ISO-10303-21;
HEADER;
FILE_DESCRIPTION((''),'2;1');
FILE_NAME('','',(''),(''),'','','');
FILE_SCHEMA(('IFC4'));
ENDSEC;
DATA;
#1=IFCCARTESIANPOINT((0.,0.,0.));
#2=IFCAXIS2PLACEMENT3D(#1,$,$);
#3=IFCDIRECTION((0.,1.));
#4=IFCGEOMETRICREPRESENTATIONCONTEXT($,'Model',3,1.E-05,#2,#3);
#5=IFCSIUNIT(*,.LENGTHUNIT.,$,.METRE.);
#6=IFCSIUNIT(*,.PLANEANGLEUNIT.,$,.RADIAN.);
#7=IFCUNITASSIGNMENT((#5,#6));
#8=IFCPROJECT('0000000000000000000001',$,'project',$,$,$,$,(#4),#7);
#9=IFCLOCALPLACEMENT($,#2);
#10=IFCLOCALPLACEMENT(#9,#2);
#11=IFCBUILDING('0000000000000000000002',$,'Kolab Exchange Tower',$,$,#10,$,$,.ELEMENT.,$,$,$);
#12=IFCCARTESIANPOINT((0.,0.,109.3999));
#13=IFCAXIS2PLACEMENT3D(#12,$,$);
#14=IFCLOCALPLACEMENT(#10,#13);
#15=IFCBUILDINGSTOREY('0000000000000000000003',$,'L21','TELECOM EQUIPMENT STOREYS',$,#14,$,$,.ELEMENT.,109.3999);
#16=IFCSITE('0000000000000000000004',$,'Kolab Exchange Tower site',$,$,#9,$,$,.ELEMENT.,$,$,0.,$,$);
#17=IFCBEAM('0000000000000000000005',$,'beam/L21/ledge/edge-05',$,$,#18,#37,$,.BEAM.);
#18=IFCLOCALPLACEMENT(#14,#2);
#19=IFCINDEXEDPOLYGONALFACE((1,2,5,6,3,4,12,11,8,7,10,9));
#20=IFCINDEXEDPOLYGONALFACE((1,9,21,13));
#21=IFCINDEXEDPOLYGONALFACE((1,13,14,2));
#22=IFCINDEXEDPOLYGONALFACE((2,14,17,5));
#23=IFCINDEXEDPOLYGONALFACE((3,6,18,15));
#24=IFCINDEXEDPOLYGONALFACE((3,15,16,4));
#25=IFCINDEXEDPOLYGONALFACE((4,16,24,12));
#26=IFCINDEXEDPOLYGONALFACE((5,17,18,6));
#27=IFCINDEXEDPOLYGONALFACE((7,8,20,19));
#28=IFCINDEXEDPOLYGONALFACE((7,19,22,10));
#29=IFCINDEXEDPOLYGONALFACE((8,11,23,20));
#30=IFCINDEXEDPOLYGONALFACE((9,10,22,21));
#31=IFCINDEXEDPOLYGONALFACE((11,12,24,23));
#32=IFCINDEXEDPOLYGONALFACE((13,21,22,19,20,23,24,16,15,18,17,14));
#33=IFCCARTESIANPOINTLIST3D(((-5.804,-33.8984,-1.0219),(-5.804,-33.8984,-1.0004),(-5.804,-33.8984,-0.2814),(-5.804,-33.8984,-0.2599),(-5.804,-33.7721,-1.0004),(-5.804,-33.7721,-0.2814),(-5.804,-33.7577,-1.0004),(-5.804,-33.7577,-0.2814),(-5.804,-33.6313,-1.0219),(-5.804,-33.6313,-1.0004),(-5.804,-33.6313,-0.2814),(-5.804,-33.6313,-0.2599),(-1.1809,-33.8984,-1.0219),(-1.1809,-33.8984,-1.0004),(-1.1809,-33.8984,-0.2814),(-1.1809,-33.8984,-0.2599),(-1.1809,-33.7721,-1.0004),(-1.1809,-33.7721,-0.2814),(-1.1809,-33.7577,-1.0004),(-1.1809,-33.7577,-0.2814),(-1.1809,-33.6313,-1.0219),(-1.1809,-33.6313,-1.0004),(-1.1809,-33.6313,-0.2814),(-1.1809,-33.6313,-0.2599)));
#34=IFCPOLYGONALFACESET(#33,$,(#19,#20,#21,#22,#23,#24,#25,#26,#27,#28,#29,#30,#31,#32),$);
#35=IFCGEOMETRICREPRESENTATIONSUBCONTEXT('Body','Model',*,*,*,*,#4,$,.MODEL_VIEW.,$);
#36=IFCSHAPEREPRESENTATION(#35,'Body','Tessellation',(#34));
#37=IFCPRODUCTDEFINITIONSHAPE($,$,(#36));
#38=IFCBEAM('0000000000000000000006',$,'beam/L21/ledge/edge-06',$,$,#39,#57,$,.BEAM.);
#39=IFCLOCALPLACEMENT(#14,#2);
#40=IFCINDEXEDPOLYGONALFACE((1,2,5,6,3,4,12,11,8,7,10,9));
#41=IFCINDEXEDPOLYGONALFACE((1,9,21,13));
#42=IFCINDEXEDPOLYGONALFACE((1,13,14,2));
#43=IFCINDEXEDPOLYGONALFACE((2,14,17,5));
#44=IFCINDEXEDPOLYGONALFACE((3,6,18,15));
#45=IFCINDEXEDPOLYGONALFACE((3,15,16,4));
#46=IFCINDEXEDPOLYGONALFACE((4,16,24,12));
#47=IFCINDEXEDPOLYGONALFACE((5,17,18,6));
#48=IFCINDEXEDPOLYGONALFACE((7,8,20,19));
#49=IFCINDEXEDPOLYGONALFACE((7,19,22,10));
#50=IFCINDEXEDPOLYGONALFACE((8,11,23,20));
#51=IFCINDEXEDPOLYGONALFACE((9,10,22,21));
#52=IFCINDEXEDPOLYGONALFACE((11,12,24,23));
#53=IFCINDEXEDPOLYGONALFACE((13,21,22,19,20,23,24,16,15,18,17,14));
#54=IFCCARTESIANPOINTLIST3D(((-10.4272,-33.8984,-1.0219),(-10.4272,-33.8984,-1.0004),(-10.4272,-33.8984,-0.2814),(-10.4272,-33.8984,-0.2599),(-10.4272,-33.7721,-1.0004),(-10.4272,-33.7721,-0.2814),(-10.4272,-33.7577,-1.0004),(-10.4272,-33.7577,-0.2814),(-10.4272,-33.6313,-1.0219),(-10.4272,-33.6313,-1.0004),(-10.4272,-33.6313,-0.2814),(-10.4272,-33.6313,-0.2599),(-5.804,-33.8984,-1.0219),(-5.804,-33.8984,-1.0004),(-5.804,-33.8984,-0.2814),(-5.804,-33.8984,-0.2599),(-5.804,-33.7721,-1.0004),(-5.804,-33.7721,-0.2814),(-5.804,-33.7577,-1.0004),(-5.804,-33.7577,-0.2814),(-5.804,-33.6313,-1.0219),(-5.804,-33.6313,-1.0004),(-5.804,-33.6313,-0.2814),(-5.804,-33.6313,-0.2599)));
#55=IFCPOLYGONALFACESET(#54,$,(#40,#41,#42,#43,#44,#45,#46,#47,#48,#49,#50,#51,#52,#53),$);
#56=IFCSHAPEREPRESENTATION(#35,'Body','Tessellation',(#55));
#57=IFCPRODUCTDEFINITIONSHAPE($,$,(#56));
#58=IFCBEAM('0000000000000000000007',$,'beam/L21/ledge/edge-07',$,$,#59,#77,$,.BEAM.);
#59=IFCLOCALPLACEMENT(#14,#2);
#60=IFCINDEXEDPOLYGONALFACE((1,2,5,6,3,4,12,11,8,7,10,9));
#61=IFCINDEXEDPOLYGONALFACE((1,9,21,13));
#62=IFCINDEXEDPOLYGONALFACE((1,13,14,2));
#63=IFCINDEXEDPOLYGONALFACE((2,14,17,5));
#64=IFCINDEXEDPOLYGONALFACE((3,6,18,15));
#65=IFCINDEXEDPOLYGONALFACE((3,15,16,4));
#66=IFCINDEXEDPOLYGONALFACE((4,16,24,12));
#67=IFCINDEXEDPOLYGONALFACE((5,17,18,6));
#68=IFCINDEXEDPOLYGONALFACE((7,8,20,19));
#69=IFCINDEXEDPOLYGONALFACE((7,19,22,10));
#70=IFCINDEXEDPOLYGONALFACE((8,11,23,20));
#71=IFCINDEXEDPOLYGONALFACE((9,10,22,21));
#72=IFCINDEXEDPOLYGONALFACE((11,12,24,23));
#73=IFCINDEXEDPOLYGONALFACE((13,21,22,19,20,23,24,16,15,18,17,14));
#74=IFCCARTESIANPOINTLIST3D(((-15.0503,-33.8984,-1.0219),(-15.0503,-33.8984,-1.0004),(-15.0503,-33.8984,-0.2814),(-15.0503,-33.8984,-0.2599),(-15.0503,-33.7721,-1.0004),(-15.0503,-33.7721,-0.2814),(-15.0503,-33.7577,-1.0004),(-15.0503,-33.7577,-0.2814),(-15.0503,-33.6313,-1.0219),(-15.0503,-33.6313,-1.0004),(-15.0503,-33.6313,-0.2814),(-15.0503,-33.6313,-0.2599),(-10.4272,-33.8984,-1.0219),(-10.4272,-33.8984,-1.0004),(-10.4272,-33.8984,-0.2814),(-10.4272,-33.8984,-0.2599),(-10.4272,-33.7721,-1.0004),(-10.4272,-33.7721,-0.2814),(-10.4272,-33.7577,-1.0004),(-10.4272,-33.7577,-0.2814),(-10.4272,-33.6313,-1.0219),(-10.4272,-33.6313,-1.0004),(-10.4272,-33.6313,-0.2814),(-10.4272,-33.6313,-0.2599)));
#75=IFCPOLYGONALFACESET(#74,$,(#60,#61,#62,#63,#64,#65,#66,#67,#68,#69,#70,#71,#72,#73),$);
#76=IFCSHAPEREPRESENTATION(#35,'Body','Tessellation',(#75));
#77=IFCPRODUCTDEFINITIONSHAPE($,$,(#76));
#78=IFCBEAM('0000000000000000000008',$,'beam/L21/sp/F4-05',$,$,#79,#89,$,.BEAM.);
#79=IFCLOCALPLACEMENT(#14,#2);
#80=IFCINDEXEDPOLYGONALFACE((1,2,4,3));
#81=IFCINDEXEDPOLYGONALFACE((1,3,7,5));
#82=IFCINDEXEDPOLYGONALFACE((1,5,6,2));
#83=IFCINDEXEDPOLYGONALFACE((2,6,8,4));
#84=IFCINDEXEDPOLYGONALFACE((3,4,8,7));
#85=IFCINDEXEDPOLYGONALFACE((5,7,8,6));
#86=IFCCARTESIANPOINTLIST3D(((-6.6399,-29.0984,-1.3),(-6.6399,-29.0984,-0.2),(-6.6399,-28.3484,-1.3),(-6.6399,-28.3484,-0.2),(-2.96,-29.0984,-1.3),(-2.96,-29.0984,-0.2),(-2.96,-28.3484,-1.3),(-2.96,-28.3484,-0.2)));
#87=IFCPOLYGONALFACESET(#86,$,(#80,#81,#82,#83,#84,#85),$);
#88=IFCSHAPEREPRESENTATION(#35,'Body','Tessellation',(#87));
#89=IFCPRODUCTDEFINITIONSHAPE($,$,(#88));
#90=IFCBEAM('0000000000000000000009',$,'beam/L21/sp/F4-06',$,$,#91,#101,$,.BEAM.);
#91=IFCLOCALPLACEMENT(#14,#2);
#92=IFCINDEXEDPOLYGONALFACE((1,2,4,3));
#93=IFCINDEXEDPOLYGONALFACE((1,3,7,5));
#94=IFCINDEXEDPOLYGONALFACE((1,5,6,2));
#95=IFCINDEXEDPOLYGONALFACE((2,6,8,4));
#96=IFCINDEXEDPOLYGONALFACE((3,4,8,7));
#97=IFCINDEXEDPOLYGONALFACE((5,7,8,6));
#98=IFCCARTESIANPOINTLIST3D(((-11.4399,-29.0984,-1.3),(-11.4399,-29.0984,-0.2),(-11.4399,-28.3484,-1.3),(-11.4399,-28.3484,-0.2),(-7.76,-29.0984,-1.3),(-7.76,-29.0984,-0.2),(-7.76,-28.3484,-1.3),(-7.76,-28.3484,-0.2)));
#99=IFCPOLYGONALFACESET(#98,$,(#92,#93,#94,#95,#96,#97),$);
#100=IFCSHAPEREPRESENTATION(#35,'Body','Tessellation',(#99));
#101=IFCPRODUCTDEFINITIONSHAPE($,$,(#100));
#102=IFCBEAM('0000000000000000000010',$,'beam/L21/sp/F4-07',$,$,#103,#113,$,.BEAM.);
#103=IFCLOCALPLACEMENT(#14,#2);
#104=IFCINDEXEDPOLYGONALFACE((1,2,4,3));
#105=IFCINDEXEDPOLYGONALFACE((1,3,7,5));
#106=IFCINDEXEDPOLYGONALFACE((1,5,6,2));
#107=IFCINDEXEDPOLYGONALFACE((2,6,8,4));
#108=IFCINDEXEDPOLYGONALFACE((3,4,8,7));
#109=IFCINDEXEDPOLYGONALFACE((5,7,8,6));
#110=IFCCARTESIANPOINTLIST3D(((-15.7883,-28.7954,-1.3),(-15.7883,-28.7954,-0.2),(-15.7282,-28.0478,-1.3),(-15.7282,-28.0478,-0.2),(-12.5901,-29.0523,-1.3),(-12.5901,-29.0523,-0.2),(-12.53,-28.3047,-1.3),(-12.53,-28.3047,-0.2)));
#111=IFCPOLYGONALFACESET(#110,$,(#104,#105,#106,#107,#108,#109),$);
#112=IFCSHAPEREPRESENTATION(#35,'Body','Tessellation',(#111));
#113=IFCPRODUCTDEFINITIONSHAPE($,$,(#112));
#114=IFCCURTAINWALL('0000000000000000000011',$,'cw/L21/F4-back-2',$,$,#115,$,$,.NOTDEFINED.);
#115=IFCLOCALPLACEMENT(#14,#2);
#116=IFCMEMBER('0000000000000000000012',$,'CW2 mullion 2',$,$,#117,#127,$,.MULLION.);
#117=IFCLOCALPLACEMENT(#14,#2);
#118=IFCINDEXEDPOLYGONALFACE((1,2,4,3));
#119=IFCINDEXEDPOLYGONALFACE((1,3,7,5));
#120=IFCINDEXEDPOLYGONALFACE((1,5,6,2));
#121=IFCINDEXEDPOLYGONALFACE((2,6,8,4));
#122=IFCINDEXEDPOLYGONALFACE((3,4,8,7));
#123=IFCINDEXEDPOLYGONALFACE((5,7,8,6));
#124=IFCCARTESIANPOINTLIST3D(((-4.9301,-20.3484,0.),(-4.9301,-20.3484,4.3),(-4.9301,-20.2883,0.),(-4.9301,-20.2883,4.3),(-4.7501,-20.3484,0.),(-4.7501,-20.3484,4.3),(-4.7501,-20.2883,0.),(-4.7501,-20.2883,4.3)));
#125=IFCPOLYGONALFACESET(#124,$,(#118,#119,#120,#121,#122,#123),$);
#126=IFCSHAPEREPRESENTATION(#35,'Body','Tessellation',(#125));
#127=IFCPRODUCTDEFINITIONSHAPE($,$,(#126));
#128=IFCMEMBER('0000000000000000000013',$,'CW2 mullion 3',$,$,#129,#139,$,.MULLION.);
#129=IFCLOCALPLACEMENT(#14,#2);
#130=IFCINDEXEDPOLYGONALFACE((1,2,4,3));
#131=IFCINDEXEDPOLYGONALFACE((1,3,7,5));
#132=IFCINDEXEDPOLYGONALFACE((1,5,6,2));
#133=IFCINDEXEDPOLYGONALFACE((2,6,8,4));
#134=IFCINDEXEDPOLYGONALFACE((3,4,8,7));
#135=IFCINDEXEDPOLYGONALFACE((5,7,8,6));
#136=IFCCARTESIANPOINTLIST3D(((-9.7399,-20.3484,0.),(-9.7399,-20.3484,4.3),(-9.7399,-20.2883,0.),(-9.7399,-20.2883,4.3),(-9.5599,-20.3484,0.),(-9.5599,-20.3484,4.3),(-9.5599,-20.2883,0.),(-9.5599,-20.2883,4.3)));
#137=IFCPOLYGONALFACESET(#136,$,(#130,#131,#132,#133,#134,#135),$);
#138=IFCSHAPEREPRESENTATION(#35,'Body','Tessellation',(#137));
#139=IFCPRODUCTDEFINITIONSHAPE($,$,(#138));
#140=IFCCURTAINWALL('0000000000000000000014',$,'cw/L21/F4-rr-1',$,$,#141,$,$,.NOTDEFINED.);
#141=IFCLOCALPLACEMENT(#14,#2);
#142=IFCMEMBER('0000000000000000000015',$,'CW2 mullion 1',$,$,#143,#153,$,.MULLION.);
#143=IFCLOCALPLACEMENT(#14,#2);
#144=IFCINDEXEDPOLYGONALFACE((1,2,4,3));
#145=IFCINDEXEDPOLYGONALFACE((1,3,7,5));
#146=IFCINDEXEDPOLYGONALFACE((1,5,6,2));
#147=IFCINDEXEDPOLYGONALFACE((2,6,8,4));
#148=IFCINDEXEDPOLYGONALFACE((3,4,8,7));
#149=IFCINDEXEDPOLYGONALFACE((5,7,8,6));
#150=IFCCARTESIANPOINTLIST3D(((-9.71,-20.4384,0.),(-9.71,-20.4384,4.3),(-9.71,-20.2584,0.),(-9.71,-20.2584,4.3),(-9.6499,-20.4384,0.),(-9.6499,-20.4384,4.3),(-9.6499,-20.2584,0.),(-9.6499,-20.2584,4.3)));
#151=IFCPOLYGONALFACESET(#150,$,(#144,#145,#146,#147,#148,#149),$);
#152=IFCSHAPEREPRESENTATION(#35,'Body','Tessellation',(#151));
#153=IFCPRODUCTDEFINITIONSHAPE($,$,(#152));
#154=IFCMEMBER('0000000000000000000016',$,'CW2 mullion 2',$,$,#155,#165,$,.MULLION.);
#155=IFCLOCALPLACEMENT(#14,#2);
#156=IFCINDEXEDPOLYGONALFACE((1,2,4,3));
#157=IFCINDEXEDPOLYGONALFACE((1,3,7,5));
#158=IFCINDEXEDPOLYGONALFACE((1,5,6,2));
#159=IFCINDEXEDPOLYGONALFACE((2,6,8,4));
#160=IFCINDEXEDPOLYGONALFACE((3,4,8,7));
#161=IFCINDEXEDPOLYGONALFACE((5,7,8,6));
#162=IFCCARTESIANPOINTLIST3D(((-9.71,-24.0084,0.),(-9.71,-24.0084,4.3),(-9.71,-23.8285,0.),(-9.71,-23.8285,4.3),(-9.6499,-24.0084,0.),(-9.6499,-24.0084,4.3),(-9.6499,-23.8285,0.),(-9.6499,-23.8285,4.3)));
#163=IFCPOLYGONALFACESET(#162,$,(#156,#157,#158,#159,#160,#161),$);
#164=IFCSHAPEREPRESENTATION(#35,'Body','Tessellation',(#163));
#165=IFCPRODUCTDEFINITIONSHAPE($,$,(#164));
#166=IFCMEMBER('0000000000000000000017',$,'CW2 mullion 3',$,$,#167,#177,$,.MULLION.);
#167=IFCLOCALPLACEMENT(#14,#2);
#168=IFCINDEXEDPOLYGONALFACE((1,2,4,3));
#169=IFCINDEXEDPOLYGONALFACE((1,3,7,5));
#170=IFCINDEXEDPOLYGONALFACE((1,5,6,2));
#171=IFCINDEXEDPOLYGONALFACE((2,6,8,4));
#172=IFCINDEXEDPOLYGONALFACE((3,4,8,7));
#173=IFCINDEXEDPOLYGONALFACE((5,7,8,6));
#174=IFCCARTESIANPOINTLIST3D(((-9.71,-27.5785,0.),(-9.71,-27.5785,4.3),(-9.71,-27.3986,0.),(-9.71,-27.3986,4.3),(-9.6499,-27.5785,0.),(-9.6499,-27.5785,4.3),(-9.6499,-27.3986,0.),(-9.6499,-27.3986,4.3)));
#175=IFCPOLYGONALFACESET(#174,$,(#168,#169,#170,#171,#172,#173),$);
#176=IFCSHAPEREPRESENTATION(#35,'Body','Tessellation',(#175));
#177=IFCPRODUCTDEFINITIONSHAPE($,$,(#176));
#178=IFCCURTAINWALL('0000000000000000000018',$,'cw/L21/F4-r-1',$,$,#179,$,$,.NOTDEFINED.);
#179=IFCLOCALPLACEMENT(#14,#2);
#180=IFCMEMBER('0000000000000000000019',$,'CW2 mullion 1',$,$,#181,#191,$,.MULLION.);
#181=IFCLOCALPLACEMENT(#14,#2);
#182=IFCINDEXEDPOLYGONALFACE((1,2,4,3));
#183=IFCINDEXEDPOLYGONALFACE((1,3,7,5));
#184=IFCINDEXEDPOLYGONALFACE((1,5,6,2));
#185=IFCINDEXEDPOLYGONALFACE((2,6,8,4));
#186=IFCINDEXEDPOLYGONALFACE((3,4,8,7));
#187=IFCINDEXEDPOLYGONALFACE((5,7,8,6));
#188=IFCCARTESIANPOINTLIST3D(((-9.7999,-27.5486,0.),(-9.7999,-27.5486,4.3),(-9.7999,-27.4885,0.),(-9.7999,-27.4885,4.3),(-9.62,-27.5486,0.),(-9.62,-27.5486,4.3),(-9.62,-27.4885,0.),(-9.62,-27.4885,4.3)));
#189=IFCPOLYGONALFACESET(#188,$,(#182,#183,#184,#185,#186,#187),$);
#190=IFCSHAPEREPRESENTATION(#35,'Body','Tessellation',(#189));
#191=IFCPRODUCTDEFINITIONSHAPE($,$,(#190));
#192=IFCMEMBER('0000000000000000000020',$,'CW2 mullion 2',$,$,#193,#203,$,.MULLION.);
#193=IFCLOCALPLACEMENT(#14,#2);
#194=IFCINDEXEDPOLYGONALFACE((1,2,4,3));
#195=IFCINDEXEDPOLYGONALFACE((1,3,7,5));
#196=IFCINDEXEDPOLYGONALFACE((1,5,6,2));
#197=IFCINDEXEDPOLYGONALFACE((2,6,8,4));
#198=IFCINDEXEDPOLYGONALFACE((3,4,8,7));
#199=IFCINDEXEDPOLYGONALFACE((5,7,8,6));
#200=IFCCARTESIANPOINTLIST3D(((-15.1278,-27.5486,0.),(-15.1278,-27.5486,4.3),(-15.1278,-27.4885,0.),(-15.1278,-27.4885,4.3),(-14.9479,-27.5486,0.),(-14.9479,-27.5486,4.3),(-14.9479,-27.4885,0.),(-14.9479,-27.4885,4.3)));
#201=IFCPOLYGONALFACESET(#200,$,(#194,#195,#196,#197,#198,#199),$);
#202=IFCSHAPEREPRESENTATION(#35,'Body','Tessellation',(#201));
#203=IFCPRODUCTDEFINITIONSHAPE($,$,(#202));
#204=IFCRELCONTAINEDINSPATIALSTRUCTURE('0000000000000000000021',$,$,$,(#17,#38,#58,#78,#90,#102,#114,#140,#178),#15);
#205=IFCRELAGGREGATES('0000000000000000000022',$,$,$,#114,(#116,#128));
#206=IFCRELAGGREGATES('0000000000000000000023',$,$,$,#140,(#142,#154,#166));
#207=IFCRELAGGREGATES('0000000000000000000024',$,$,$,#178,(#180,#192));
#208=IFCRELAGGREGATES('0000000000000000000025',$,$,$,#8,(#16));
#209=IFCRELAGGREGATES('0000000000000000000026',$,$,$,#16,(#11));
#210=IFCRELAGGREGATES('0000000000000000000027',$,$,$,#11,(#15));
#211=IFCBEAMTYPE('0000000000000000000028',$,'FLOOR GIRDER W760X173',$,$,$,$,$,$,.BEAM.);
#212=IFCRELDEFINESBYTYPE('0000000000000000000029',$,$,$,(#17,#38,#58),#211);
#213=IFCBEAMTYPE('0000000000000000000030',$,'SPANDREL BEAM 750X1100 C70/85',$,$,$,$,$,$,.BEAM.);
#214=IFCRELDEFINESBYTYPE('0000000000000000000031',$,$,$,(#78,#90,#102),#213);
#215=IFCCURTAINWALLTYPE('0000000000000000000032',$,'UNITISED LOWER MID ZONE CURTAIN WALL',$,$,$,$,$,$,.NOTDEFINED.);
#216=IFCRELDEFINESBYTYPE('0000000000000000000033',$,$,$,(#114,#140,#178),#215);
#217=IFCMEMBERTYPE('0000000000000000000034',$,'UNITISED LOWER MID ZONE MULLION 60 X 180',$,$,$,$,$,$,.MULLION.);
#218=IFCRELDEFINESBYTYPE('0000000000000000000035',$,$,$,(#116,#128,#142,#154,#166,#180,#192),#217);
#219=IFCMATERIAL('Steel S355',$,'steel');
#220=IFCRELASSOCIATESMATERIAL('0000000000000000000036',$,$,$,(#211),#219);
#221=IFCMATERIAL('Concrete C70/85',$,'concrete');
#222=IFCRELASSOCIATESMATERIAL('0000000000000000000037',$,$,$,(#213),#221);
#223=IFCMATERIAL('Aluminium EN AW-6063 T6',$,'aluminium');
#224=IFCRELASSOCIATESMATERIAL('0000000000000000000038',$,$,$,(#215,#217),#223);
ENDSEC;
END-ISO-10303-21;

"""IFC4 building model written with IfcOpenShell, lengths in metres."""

from ifc_helpers import new_model, si_unit, direction, frame, origin, origin_2d, place, context, subcontext, project, spatial, rectangle, i_section, extrude, material, material_profile, profile_set, type_object, element, aggregate, save


model = new_model("IFC4")

# Units and contexts
model_context = context("Model", 3, precision=1e-05, world=origin(), true_north=direction((0.0, 1.0)))
body_context = subcontext(model_context, "Body", "Model", "MODEL_VIEW")
ifc_project = project(units=[si_unit("LENGTHUNIT", "METRE"), si_unit("PLANEANGLEUNIT", "RADIAN")], contexts=[model_context])

# Site, building, storey
site_placement = place(None, origin())
site = spatial("IfcSite", under=ifc_project, at=site_placement, Name="Kolab Exchange Tower site", CompositionType="ELEMENT", RefElevation=0.0)
building_placement = place(site_placement, origin())
building = spatial("IfcBuilding", under=site, at=building_placement, Name="Kolab Exchange Tower", CompositionType="ELEMENT")
storey_placement = place(building_placement, frame((0.0, 0.0, 109.3999)))
storey = spatial("IfcBuildingStorey", under=building, at=storey_placement, Name="L21", Description="TELECOM EQUIPMENT STOREYS", CompositionType="ELEMENT", Elevation=109.3999)

# Shared definitions
ifc_material_1 = material(Name="Concrete C70/85", Category="concrete")

# Beams
ifc_material_2 = material(Name="Steel S355", Category="steel")
ifc_material_profile_1 = material_profile(ifc_material_2, i_section(OverallWidth=0.2671, OverallDepth=0.762, WebThickness=0.0144, FlangeThickness=0.0215, at=origin_2d()), Name="W760X173")
ifc_profile_set_1 = profile_set([ifc_material_profile_1], Name="Steel S355")
beam_type_1 = type_object("IfcBeamType", Name="FLOOR GIRDER W760X173", PredefinedType="BEAM", material=ifc_profile_set_1)
beam_1_placement = place(storey_placement, frame((-1.1809, -33.7649, -0.6409), z_axis=(-1.0, 0.0, 0.0), x_axis=(0.0, -1.0, 0.0)))
element("IfcBeam", 1, at=beam_1_placement, inside=storey, type_object=beam_type_1, Name="beam/L21/ledge/edge-05", PredefinedType="BEAM", context=body_context, shape_type="SweptSolid", body=[
    extrude(i_section(OverallWidth=0.2671, OverallDepth=0.762, WebThickness=0.0144, FlangeThickness=0.0215, at=origin_2d()), origin(), (0.0, 0.0, 1.0), 4.623),
])
beam_2_placement = place(storey_placement, frame((-5.804, -33.7649, -0.6409), z_axis=(-1.0, 0.0, 0.0), x_axis=(0.0, -1.0, 0.0)))
element("IfcBeam", 2, at=beam_2_placement, inside=storey, type_object=beam_type_1, Name="beam/L21/ledge/edge-06", PredefinedType="BEAM", context=body_context, shape_type="SweptSolid", body=[
    extrude(i_section(OverallWidth=0.2671, OverallDepth=0.762, WebThickness=0.0144, FlangeThickness=0.0215, at=origin_2d()), origin(), (0.0, 0.0, 1.0), 4.6233),
])
beam_3_placement = place(storey_placement, frame((-10.4272, -33.7649, -0.6409), z_axis=(-1.0, 0.0, 0.0), x_axis=(0.0, -1.0, 0.0)))
element("IfcBeam", 3, at=beam_3_placement, inside=storey, type_object=beam_type_1, Name="beam/L21/ledge/edge-07", PredefinedType="BEAM", context=body_context, shape_type="SweptSolid", body=[
    extrude(i_section(OverallWidth=0.2671, OverallDepth=0.762, WebThickness=0.0144, FlangeThickness=0.0215, at=origin_2d()), origin(), (0.0, 0.0, 1.0), 4.623),
])
ifc_material_profile_2 = material_profile(ifc_material_1, rectangle(XDim=0.75, YDim=1.1001, at=origin_2d()), Name="RC750X1100")
ifc_profile_set_2 = profile_set([ifc_material_profile_2], Name="Concrete C70/85")
beam_type_2 = type_object("IfcBeamType", Name="SPANDREL BEAM 750X1100 C70/85", PredefinedType="BEAM", material=ifc_profile_set_2)
for number, where, z_axis, x_axis, name in (
    (4, (-2.96, -28.7234, -0.75), (-1.0, 0.0, 0.0), (0.0, -1.0, 0.0), "beam/L21/sp/F4-05"),
    (5, (-7.76, -28.7234, -0.75), (-1.0, 0.0, 0.0), (0.0, -1.0, 0.0), "beam/L21/sp/F4-06"),
):
    element("IfcBeam", number, at=place(storey_placement, frame(where, z_axis=z_axis, x_axis=x_axis)), inside=storey, type_object=beam_type_2, Name=name, PredefinedType="BEAM", context=body_context, shape_type="SweptSolid", body=[
        extrude(rectangle(XDim=0.75, YDim=1.1001, at=origin_2d()), origin(), (0.0, 0.0, 1.0), 3.6799),
    ])
beam_4_placement = place(storey_placement, frame((-12.5601, -28.6785, -0.75), z_axis=(-0.996791, 0.080048, 0.0), x_axis=(-0.080048, -0.996791, 0.0)))
element("IfcBeam", 6, at=beam_4_placement, inside=storey, type_object=beam_type_2, Name="beam/L21/sp/F4-07", PredefinedType="BEAM", context=body_context, shape_type="SweptSolid", body=[
    extrude(rectangle(XDim=0.75, YDim=1.1001, at=origin_2d()), origin(), (0.0, 0.0, 1.0), 3.2085),
])

# Curtain walls, members
ifc_material_3 = material(Name="Aluminium EN AW-6063 T6", Category="aluminium")
curtain_wall_type = type_object("IfcCurtainWallType", Name="UNITISED LOWER MID ZONE CURTAIN WALL", PredefinedType="NOTDEFINED", material=ifc_material_3)
curtain_wall_1_placement = place(storey_placement, origin())
curtain_wall_1 = element("IfcCurtainWall", 7, at=curtain_wall_1_placement, inside=storey, type_object=curtain_wall_type, Name="cw/L21/F4-back-2", PredefinedType="NOTDEFINED")
ifc_material_profile_3 = material_profile(ifc_material_3, rectangle(XDim=0.0601, YDim=0.1799, at=origin_2d()), Name="RECT 60X180")
ifc_profile_set_3 = profile_set([ifc_material_profile_3], Name="Aluminium EN AW-6063 T6")
member_type_1 = type_object("IfcMemberType", Name="UNITISED LOWER MID ZONE MULLION 60 X 180", PredefinedType="MULLION", material=ifc_profile_set_3)
member_1_placement = place(storey_placement, frame((-4.8401, -20.3184, 0.0), z_axis=(0.0, 0.0, 1.0), x_axis=(0.0, -1.0, 0.0)))
member_1 = element("IfcMember", 8, at=member_1_placement, type_object=member_type_1, Name="CW2 mullion 2", PredefinedType="MULLION", context=body_context, shape_type="SweptSolid", body=[
    extrude(rectangle(XDim=0.0601, YDim=0.1799, at=origin_2d()), origin(), (0.0, 0.0, 1.0), 4.3),
])
member_2_placement = place(storey_placement, frame((-9.6499, -20.3184, 0.0), z_axis=(0.0, 0.0, 1.0), x_axis=(0.0, -1.0, 0.0)))
member_2 = element("IfcMember", 9, at=member_2_placement, type_object=member_type_1, Name="CW2 mullion 3", PredefinedType="MULLION", context=body_context, shape_type="SweptSolid", body=[
    extrude(rectangle(XDim=0.0601, YDim=0.1799, at=origin_2d()), origin(), (0.0, 0.0, 1.0), 4.3),
])
curtain_wall_2_placement = place(storey_placement, origin())
curtain_wall_2 = element("IfcCurtainWall", 10, at=curtain_wall_2_placement, inside=storey, type_object=curtain_wall_type, Name="cw/L21/F4-rr-1", PredefinedType="NOTDEFINED")
member_3_placement = place(storey_placement, frame((-9.6799, -20.3484, 0.0), z_axis=(0.0, 0.0, 1.0), x_axis=(1.0, 0.0, 0.0)))
member_3 = element("IfcMember", 11, at=member_3_placement, type_object=member_type_1, Name="CW2 mullion 1", PredefinedType="MULLION", context=body_context, shape_type="SweptSolid", body=[
    extrude(rectangle(XDim=0.0601, YDim=0.1799, at=origin_2d()), origin(), (0.0, 0.0, 1.0), 4.3),
])
member_4_placement = place(storey_placement, frame((-9.6799, -23.9185, 0.0), z_axis=(0.0, 0.0, 1.0), x_axis=(1.0, 0.0, 0.0)))
member_4 = element("IfcMember", 12, at=member_4_placement, type_object=member_type_1, Name="CW2 mullion 2", PredefinedType="MULLION", context=body_context, shape_type="SweptSolid", body=[
    extrude(rectangle(XDim=0.0601, YDim=0.1799, at=origin_2d()), origin(), (0.0, 0.0, 1.0), 4.3),
])
member_5_placement = place(storey_placement, frame((-9.6799, -27.4885, 0.0), z_axis=(0.0, 0.0, 1.0), x_axis=(1.0, 0.0, 0.0)))
member_5 = element("IfcMember", 13, at=member_5_placement, type_object=member_type_1, Name="CW2 mullion 3", PredefinedType="MULLION", context=body_context, shape_type="SweptSolid", body=[
    extrude(rectangle(XDim=0.0601, YDim=0.1799, at=origin_2d()), origin(), (0.0, 0.0, 1.0), 4.3),
])
curtain_wall_3_placement = place(storey_placement, origin())
curtain_wall_3 = element("IfcCurtainWall", 14, at=curtain_wall_3_placement, inside=storey, type_object=curtain_wall_type, Name="cw/L21/F4-r-1", PredefinedType="NOTDEFINED")
member_6_placement = place(storey_placement, frame((-9.71, -27.5186, 0.0), z_axis=(0.0, 0.0, 1.0), x_axis=(0.0, -1.0, 0.0)))
member_6 = element("IfcMember", 15, at=member_6_placement, type_object=member_type_1, Name="CW2 mullion 1", PredefinedType="MULLION", context=body_context, shape_type="SweptSolid", body=[
    extrude(rectangle(XDim=0.0601, YDim=0.1799, at=origin_2d()), origin(), (0.0, 0.0, 1.0), 4.3),
])
member_7_placement = place(storey_placement, frame((-15.0378, -27.5186, 0.0), z_axis=(0.0, 0.0, 1.0), x_axis=(0.0, -1.0, 0.0)))
member_7 = element("IfcMember", 16, at=member_7_placement, type_object=member_type_1, Name="CW2 mullion 2", PredefinedType="MULLION", context=body_context, shape_type="SweptSolid", body=[
    extrude(rectangle(XDim=0.0601, YDim=0.1799, at=origin_2d()), origin(), (0.0, 0.0, 1.0), 4.3),
])

aggregate(curtain_wall_1, [member_1, member_2])
aggregate(curtain_wall_2, [member_3, member_4, member_5])
aggregate(curtain_wall_3, [member_6, member_7])

save(model, "model.ifc")
